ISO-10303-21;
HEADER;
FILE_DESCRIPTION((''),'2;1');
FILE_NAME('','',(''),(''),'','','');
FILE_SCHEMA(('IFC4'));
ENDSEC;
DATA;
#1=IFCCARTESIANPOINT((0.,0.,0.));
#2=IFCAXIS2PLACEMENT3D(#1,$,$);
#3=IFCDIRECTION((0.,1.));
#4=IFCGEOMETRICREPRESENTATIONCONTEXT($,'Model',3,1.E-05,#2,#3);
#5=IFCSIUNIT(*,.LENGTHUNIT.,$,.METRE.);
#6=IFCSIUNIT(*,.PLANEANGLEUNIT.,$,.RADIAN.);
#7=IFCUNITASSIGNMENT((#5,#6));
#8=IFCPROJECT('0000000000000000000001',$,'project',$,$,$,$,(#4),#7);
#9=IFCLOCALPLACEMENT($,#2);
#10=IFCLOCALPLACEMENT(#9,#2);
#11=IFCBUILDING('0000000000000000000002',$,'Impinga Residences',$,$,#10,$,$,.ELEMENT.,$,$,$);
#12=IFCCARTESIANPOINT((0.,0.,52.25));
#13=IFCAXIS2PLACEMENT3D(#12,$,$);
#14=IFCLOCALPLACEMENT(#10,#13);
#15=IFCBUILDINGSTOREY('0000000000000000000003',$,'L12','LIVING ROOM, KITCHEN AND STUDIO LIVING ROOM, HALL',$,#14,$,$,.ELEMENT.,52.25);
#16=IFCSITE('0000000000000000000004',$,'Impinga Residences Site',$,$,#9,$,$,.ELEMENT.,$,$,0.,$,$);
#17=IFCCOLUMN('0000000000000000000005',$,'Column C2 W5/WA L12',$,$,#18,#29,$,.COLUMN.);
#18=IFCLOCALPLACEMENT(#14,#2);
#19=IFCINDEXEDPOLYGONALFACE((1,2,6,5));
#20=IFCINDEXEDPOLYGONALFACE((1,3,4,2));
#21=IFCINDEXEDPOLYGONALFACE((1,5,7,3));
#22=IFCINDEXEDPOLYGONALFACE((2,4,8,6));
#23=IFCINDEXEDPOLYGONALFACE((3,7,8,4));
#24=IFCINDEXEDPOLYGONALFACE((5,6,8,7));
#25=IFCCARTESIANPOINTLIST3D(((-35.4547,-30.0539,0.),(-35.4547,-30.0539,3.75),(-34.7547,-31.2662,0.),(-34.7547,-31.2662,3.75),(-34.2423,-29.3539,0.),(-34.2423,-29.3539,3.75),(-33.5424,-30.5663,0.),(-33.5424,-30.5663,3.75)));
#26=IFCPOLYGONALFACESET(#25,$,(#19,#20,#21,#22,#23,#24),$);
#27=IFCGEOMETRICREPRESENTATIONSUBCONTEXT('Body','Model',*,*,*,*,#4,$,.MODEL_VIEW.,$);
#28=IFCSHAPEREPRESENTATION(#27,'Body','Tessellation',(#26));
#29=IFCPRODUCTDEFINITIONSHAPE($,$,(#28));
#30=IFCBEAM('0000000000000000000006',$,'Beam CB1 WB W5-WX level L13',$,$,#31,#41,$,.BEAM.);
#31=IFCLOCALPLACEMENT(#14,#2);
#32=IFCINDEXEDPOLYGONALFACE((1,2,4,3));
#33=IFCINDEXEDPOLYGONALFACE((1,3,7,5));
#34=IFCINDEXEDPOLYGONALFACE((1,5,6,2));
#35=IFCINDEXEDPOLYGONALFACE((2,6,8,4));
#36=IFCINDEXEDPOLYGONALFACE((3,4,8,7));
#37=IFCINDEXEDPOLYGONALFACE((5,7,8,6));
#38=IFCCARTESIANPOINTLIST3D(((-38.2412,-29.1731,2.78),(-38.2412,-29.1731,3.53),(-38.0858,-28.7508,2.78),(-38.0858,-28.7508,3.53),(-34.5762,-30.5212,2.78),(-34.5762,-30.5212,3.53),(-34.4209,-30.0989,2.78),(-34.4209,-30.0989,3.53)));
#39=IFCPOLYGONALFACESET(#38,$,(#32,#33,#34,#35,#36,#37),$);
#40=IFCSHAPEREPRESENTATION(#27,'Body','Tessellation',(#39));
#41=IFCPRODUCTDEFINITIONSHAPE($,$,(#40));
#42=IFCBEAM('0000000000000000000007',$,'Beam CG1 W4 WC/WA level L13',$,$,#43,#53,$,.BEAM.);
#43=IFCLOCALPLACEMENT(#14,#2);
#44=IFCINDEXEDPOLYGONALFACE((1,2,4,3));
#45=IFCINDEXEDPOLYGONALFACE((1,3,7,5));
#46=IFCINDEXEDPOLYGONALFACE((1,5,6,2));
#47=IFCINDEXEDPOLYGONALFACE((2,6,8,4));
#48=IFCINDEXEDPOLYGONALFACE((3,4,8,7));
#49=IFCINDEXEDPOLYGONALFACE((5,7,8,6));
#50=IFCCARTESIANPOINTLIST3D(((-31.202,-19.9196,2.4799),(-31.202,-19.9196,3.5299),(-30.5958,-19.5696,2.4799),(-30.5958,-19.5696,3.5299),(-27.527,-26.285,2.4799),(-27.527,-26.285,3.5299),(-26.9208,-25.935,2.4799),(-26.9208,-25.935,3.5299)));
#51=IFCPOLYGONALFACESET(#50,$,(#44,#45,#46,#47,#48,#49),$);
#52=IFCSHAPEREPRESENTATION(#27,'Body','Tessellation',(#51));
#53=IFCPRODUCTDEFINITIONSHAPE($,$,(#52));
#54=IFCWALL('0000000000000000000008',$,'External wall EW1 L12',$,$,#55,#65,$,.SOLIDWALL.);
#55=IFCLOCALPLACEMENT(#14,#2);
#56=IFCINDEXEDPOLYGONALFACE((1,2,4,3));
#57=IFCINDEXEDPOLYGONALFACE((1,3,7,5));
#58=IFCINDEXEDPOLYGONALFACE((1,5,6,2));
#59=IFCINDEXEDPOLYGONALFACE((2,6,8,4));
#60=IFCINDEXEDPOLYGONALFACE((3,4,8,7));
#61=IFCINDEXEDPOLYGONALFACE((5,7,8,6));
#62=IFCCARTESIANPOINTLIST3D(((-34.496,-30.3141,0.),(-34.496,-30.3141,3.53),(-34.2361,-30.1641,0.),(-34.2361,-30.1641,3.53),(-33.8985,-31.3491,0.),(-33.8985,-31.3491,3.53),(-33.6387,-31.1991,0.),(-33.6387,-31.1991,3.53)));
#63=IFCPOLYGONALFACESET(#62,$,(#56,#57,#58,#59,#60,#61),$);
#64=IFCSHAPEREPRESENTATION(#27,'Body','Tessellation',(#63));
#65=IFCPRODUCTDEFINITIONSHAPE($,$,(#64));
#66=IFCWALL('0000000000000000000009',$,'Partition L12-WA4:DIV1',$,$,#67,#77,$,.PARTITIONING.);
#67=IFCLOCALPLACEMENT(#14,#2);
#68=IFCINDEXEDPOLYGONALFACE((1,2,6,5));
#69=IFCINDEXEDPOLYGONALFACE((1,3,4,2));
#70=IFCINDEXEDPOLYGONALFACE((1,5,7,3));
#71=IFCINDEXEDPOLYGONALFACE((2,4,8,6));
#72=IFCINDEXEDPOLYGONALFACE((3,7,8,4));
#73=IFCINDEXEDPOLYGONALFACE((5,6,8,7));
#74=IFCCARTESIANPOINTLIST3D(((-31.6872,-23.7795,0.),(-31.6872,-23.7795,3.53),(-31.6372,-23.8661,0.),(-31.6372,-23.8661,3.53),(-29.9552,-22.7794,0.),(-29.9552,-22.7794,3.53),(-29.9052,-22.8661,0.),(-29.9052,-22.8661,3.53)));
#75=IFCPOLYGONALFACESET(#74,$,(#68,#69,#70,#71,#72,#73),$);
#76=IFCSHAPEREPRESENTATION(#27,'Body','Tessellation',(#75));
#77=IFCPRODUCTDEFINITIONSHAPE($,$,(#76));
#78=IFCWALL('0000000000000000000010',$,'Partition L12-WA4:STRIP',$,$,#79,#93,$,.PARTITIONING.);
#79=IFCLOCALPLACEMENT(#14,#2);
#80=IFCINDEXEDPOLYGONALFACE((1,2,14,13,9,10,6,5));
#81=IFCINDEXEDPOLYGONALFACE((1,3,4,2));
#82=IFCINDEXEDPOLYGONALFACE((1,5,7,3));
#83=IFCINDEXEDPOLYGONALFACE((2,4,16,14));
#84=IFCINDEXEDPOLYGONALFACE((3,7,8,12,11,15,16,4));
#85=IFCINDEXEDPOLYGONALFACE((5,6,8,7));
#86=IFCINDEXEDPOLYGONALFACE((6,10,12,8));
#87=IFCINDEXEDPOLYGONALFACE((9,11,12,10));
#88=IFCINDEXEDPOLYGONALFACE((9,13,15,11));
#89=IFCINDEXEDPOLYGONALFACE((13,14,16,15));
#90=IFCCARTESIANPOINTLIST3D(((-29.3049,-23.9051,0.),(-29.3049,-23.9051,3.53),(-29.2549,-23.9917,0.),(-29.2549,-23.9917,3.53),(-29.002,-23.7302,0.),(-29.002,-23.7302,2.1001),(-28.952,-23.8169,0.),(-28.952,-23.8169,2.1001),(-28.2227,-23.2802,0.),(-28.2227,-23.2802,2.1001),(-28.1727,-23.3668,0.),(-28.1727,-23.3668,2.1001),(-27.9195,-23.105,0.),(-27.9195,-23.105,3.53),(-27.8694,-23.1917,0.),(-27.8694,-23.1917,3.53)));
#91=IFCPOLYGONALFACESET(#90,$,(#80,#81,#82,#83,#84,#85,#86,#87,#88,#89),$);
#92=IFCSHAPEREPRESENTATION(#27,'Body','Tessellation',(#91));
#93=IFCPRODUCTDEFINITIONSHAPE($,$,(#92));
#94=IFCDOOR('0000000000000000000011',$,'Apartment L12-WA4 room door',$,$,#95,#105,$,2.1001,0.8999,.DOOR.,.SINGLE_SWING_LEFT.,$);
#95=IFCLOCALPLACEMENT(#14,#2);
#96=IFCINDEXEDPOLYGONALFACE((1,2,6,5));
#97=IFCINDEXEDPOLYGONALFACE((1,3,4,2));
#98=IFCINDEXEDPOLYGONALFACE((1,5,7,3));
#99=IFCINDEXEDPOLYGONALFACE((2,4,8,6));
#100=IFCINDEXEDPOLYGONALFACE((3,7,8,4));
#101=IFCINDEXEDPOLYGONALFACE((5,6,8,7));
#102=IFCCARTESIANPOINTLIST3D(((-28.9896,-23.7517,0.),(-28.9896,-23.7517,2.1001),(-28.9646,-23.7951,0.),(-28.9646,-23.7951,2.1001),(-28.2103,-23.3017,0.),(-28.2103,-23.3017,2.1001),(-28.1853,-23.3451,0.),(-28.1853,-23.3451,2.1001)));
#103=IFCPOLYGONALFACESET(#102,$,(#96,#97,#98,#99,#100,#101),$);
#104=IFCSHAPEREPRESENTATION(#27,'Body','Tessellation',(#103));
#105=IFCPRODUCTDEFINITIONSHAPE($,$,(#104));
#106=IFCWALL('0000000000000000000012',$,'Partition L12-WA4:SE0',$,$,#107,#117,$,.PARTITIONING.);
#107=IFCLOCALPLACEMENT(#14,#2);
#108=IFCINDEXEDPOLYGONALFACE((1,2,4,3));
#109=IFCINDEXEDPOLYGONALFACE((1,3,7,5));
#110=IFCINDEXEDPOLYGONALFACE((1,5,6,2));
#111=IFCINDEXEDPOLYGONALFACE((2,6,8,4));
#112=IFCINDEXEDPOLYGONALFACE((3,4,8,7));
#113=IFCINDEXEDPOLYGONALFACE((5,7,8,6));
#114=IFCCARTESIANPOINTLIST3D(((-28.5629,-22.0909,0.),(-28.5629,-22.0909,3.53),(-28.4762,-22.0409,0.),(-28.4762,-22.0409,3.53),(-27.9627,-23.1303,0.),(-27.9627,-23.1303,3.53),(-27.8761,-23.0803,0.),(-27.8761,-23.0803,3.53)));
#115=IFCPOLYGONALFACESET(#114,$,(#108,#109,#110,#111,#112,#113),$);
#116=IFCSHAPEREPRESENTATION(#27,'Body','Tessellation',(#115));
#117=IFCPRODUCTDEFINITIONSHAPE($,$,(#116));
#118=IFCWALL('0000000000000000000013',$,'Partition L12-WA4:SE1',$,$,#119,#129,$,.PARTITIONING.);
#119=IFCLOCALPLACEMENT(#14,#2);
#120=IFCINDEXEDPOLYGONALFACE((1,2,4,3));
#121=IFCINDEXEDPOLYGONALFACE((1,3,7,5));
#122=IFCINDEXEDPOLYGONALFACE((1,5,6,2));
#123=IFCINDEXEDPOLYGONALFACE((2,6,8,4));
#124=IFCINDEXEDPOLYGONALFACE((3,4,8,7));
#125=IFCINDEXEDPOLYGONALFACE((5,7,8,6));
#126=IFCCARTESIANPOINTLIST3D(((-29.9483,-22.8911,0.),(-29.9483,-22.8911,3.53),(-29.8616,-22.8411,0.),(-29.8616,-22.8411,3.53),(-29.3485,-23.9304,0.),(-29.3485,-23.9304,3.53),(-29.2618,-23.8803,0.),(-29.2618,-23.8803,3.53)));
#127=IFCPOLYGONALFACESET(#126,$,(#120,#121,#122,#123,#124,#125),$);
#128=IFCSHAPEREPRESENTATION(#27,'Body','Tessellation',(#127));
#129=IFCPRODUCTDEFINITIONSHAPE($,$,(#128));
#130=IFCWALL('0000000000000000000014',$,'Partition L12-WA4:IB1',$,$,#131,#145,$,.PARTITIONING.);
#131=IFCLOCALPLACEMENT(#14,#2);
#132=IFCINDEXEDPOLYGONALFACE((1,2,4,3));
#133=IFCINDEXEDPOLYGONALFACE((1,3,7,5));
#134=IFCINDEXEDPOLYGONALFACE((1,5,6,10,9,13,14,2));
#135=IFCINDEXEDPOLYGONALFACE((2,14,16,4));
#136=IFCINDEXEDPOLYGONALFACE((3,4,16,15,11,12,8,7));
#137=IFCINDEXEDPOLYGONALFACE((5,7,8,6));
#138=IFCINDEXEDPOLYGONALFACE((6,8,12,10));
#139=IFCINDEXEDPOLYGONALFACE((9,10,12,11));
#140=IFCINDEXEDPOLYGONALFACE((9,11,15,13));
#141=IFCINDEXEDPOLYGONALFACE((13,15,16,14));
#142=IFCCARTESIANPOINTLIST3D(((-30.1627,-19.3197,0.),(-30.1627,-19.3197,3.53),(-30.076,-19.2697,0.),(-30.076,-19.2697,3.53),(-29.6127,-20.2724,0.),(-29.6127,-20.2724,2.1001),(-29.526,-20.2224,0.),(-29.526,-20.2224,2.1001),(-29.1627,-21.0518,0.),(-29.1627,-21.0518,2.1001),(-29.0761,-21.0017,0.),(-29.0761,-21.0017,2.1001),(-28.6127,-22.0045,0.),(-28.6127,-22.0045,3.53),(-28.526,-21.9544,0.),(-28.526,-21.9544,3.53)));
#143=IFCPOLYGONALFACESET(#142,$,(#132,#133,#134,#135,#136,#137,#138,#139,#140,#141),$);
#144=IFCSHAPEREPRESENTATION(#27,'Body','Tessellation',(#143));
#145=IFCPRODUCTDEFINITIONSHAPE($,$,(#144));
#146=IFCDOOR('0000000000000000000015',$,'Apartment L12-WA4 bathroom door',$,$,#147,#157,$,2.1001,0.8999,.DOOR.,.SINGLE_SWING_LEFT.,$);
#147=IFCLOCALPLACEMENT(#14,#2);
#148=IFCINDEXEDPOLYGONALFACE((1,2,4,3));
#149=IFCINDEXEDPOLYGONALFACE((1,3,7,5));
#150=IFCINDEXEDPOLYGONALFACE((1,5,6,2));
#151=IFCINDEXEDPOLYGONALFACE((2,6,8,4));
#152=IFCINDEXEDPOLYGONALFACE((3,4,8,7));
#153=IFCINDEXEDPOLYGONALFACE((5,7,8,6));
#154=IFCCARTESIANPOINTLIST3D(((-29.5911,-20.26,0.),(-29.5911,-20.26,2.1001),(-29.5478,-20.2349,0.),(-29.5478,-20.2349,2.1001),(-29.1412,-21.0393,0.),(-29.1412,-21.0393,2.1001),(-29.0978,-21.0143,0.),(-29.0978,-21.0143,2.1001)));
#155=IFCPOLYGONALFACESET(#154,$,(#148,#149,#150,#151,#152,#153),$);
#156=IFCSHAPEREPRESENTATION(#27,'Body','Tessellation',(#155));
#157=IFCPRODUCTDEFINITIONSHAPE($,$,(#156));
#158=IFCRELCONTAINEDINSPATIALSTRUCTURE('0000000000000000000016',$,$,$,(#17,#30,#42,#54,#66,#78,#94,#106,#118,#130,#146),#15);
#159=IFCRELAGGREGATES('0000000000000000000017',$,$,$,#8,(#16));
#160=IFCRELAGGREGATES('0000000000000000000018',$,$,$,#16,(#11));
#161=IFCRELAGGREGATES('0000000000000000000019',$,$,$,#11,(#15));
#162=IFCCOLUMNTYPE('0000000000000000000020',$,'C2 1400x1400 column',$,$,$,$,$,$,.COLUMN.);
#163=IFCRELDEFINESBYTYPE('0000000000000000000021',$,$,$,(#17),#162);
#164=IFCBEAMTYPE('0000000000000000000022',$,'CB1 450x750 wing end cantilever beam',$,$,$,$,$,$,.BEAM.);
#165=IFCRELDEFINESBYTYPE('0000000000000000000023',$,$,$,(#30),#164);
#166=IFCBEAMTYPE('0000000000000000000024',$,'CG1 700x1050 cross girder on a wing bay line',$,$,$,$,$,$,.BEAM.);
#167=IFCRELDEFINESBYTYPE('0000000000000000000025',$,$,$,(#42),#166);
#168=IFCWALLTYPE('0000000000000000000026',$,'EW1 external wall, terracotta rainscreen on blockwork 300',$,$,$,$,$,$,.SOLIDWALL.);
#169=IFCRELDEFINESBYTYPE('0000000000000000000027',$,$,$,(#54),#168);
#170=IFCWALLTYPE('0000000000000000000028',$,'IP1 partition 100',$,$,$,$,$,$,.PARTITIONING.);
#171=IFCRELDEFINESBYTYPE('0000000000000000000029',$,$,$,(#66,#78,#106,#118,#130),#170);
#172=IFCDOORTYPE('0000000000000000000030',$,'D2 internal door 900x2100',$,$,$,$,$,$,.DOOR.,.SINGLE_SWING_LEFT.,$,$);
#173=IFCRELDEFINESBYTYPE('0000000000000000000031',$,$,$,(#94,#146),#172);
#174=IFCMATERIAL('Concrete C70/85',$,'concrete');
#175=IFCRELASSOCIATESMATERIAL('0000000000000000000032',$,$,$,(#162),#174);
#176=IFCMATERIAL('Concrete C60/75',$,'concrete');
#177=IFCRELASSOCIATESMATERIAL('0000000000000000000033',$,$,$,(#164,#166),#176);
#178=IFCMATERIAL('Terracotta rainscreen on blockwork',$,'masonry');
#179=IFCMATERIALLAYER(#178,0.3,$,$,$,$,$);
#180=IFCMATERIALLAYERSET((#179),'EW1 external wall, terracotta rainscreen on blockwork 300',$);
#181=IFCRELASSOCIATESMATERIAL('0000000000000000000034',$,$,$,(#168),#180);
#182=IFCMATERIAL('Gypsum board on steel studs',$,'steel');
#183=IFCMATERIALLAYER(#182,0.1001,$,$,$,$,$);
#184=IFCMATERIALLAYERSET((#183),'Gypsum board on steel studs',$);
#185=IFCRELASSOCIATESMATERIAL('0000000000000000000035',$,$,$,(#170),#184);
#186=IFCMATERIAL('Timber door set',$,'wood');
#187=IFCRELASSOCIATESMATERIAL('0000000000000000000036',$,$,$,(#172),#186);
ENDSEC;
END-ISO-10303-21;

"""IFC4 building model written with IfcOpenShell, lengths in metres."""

from ifc_helpers import new_model, si_unit, direction, frame, frame_2d, origin, origin_2d, place, context, subcontext, project, spatial, rectangle, extrude, material, layer, layer_set, material_profile, profile_set, type_object, element, fill, save


model = new_model("IFC4")

# Units and contexts
model_context = context("Model", 3, precision=1e-05, world=origin(), true_north=direction((0.0, 1.0)))
body_context = subcontext(model_context, "Body", "Model", "MODEL_VIEW")
ifc_project = project(units=[si_unit("LENGTHUNIT", "METRE"), si_unit("PLANEANGLEUNIT", "RADIAN")], contexts=[model_context])

# Site, building, storey
site_placement = place(None, origin())
site = spatial("IfcSite", under=ifc_project, at=site_placement, Name="Impinga Residences Site", CompositionType="ELEMENT", RefElevation=0.0)
building_placement = place(site_placement, origin())
building = spatial("IfcBuilding", under=site, at=building_placement, Name="Impinga Residences", CompositionType="ELEMENT")
storey_placement = place(building_placement, frame((0.0, 0.0, 52.25)))
storey = spatial("IfcBuildingStorey", under=building, at=storey_placement, Name="L12", Description="LIVING ROOM, KITCHEN AND STUDIO LIVING ROOM, HALL", CompositionType="ELEMENT", Elevation=52.25)

# Column
ifc_material_1 = material(Name="Concrete C70/85", Category="concrete")
ifc_material_profile_1 = material_profile(ifc_material_1, rectangle(XDim=1.3999, YDim=1.3999, at=origin_2d()), Name="RC 1400x1400")
ifc_profile_set_1 = profile_set([ifc_material_profile_1], Name="Concrete C70/85")
column_type = type_object("IfcColumnType", Name="C2 1400x1400 column", PredefinedType="COLUMN", material=ifc_profile_set_1)
column_placement = place(storey_placement, frame((-34.4985, -30.3101, 0.0), z_axis=(0.0, 0.0, 1.0), x_axis=(-0.5, 0.866025, 0.0)))
element("IfcColumn", 1, at=column_placement, inside=storey, type_object=column_type, Name="Column C2 W5/WA L12", PredefinedType="COLUMN", context=body_context, shape_type="SweptSolid", body=[
    extrude(rectangle(XDim=1.3999, YDim=1.3999, at=origin_2d()), origin(), (0.0, 0.0, 1.0), 3.75),
])

# Beams
ifc_material_2 = material(Name="Concrete C60/75", Category="concrete")
ifc_material_profile_2 = material_profile(ifc_material_2, rectangle(XDim=0.45, YDim=0.75, at=origin_2d()), Name="RC 450x750")
ifc_profile_set_2 = profile_set([ifc_material_profile_2], Name="Concrete C60/75")
beam_type_1 = type_object("IfcBeamType", Name="CB1 450x750 wing end cantilever beam", PredefinedType="BEAM", material=ifc_profile_set_2)
beam_1_placement = place(storey_placement, frame((-34.4985, -30.3101, 3.155), z_axis=(-0.93852, 0.345224, 0.0), x_axis=(-0.345224, -0.93852, 0.0)))
element("IfcBeam", 2, at=beam_1_placement, inside=storey, type_object=beam_type_1, Name="Beam CB1 WB W5-WX level L13", PredefinedType="BEAM", context=body_context, shape_type="SweptSolid", body=[
    extrude(rectangle(XDim=0.45, YDim=0.75, at=origin_2d()), origin(), (0.0, 0.0, 1.0), 3.905),
])
ifc_material_profile_3 = material_profile(ifc_material_2, rectangle(XDim=0.7, YDim=1.05, at=origin_2d()), Name="RC 700x1050")
ifc_profile_set_3 = profile_set([ifc_material_profile_3], Name="Concrete C60/75")
beam_type_2 = type_object("IfcBeamType", Name="CG1 700x1050 cross girder on a wing bay line", PredefinedType="BEAM", material=ifc_profile_set_3)
beam_2_placement = place(storey_placement, frame((-30.8989, -19.7446, 3.0049), z_axis=(0.499994, -0.866029, 0.0), x_axis=(0.866029, 0.499994, 0.0)))
element("IfcBeam", 3, at=beam_2_placement, inside=storey, type_object=beam_type_2, Name="Beam CG1 W4 WC/WA level L13", PredefinedType="BEAM", context=body_context, shape_type="SweptSolid", body=[
    extrude(rectangle(XDim=0.7, YDim=1.05, at=origin_2d()), origin(), (0.0, 0.0, 1.0), 7.3501),
])

# Walls
ifc_material_3 = material(Name="Terracotta rainscreen on blockwork", Category="masonry")
ifc_layer_1 = layer(ifc_material_3, 0.3)
ifc_layer_set_1 = layer_set([ifc_layer_1], Name="EW1 external wall, terracotta rainscreen on blockwork 300")
wall_type_1 = type_object("IfcWallType", Name="EW1 external wall, terracotta rainscreen on blockwork 300", PredefinedType="SOLIDWALL", material=ifc_layer_set_1)
wall_1_placement = place(storey_placement, frame((-33.7686, -31.2742, 0.0), z_axis=(0.0, 0.0, 1.0), x_axis=(-0.499941, 0.86606, 0.0)))
element("IfcWall", 4, at=wall_1_placement, inside=storey, type_object=wall_type_1, Name="External wall EW1 L12", PredefinedType="SOLIDWALL", context=body_context, shape_type="SweptSolid", body=[
    extrude(rectangle(XDim=1.1951, YDim=0.3, at=frame_2d((0.5977, 0.0))), origin(), (0.0, 0.0, 1.0), 3.53),
])
ifc_material_4 = material(Name="Gypsum board on steel studs", Category="steel")
ifc_layer_2 = layer(ifc_material_4, 0.1001)
ifc_layer_set_2 = layer_set([ifc_layer_2], Name="Gypsum board on steel studs")
wall_type_2 = type_object("IfcWallType", Name="IP1 partition 100", PredefinedType="PARTITIONING", material=ifc_layer_set_2)
wall_2_placement = place(storey_placement, frame((-29.9302, -22.8228, 0.0), z_axis=(0.0, 0.0, 1.0), x_axis=(-0.866011, -0.500025, 0.0)))
element("IfcWall", 5, at=wall_2_placement, inside=storey, type_object=wall_type_2, Name="Partition L12-WA4:DIV1", PredefinedType="PARTITIONING", context=body_context, shape_type="SweptSolid", body=[
    extrude(rectangle(XDim=2.0, YDim=0.1001, at=frame_2d((1.0, 0.0))), origin(), (0.0, 0.0, 1.0), 3.53),
])

# Wall, opening, door
wall_3_placement = place(storey_placement, frame((-27.8945, -23.1484, 0.0), z_axis=(0.0, 0.0, 1.0), x_axis=(-0.86599, -0.500061, 0.0)))
wall_3 = element("IfcWall", 6, at=wall_3_placement, inside=storey, type_object=wall_type_2, Name="Partition L12-WA4:STRIP", PredefinedType="PARTITIONING", context=body_context, shape_type="SweptSolid", body=[
    extrude(rectangle(XDim=1.5999, YDim=0.1001, at=frame_2d((0.7998, 0.0))), origin(), (0.0, 0.0, 1.0), 3.53),
])
opening_1_placement = place(wall_3_placement, frame((0.3501, 0.0, 0.0)))
opening_1 = element("IfcOpeningElement", 7, at=opening_1_placement, cuts=wall_3, PredefinedType="OPENING", context=body_context, shape_type="SweptSolid", body=[
    extrude(rectangle(XDim=0.8999, YDim=2.1001, at=frame_2d((0.45, 1.05))), frame((0.0, 0.0601, 0.0), z_axis=(0.0, -1.0, 0.0), x_axis=(1.0, 0.0, 0.0)), (0.0, 0.0, 1.0), 0.1201),
])
ifc_material_5 = material(Name="Timber door set", Category="wood")
door_type = type_object("IfcDoorType", Name="D2 internal door 900x2100", OperationType="SINGLE_SWING_LEFT", PredefinedType="DOOR", material=ifc_material_5)
door_1_placement = place(opening_1_placement, origin())
door_1 = element("IfcDoor", 8, at=door_1_placement, inside=storey, type_object=door_type, Name="Apartment L12-WA4 room door", OperationType="SINGLE_SWING_LEFT", OverallHeight=2.1001, OverallWidth=0.8999, PredefinedType="DOOR", context=body_context, shape_type="SweptSolid", body=[
    extrude(rectangle(XDim=0.8999, YDim=2.1001, at=frame_2d((0.45, 1.05))), frame((0.0, 0.0249, 0.0), z_axis=(0.0, -1.0, 0.0), x_axis=(1.0, 0.0, 0.0)), (0.0, 0.0, 1.0), 0.05),
])
fill(opening_1, door_1)

# Walls
wall_4_placement = place(storey_placement, frame((-28.5195, -22.0659, 0.0), z_axis=(0.0, 0.0, 1.0), x_axis=(0.500034, -0.866006, 0.0)))
element("IfcWall", 9, at=wall_4_placement, inside=storey, type_object=wall_type_2, Name="Partition L12-WA4:SE0", PredefinedType="PARTITIONING", context=body_context, shape_type="SweptSolid", body=[
    extrude(rectangle(XDim=1.2002, YDim=0.1001, at=frame_2d((0.6001, 0.0))), origin(), (0.0, 0.0, 1.0), 3.53),
])
wall_5_placement = place(storey_placement, frame((-29.905, -22.866, 0.0), z_axis=(0.0, 0.0, 1.0), x_axis=(0.499881, -0.866094, 0.0)))
element("IfcWall", 10, at=wall_5_placement, inside=storey, type_object=wall_type_2, Name="Partition L12-WA4:SE1", PredefinedType="PARTITIONING", context=body_context, shape_type="SweptSolid", body=[
    extrude(rectangle(XDim=1.2, YDim=0.1001, at=frame_2d((0.6001, 0.0))), origin(), (0.0, 0.0, 1.0), 3.53),
])

# Wall, opening, door
wall_6_placement = place(storey_placement, frame((-30.1194, -19.2947, 0.0), z_axis=(0.0, 0.0, 1.0), x_axis=(0.499993, -0.86603, 0.0)))
wall_6 = element("IfcWall", 11, at=wall_6_placement, inside=storey, type_object=wall_type_2, Name="Partition L12-WA4:IB1", PredefinedType="PARTITIONING", context=body_context, shape_type="SweptSolid", body=[
    extrude(rectangle(XDim=3.1001, YDim=0.1001, at=frame_2d((1.55, 0.0))), origin(), (0.0, 0.0, 1.0), 3.53),
])
opening_2_placement = place(wall_6_placement, frame((1.1001, 0.0, 0.0)))
opening_2 = element("IfcOpeningElement", 12, at=opening_2_placement, cuts=wall_6, PredefinedType="OPENING", context=body_context, shape_type="SweptSolid", body=[
    extrude(rectangle(XDim=0.8999, YDim=2.1001, at=frame_2d((0.45, 1.05))), frame((0.0, 0.0601, 0.0), z_axis=(0.0, -1.0, 0.0), x_axis=(1.0, 0.0, 0.0)), (0.0, 0.0, 1.0), 0.1201),
])
door_2_placement = place(opening_2_placement, origin())
door_2 = element("IfcDoor", 13, at=door_2_placement, inside=storey, type_object=door_type, Name="Apartment L12-WA4 bathroom door", OperationType="SINGLE_SWING_LEFT", OverallHeight=2.1001, OverallWidth=0.8999, PredefinedType="DOOR", context=body_context, shape_type="SweptSolid", body=[
    extrude(rectangle(XDim=0.8999, YDim=2.1001, at=frame_2d((0.45, 1.05))), frame((0.0, 0.0249, 0.0), z_axis=(0.0, -1.0, 0.0), x_axis=(1.0, 0.0, 0.0)), (0.0, 0.0, 1.0), 0.05),
])
fill(opening_2, door_2)

save(model, "model.ifc")
